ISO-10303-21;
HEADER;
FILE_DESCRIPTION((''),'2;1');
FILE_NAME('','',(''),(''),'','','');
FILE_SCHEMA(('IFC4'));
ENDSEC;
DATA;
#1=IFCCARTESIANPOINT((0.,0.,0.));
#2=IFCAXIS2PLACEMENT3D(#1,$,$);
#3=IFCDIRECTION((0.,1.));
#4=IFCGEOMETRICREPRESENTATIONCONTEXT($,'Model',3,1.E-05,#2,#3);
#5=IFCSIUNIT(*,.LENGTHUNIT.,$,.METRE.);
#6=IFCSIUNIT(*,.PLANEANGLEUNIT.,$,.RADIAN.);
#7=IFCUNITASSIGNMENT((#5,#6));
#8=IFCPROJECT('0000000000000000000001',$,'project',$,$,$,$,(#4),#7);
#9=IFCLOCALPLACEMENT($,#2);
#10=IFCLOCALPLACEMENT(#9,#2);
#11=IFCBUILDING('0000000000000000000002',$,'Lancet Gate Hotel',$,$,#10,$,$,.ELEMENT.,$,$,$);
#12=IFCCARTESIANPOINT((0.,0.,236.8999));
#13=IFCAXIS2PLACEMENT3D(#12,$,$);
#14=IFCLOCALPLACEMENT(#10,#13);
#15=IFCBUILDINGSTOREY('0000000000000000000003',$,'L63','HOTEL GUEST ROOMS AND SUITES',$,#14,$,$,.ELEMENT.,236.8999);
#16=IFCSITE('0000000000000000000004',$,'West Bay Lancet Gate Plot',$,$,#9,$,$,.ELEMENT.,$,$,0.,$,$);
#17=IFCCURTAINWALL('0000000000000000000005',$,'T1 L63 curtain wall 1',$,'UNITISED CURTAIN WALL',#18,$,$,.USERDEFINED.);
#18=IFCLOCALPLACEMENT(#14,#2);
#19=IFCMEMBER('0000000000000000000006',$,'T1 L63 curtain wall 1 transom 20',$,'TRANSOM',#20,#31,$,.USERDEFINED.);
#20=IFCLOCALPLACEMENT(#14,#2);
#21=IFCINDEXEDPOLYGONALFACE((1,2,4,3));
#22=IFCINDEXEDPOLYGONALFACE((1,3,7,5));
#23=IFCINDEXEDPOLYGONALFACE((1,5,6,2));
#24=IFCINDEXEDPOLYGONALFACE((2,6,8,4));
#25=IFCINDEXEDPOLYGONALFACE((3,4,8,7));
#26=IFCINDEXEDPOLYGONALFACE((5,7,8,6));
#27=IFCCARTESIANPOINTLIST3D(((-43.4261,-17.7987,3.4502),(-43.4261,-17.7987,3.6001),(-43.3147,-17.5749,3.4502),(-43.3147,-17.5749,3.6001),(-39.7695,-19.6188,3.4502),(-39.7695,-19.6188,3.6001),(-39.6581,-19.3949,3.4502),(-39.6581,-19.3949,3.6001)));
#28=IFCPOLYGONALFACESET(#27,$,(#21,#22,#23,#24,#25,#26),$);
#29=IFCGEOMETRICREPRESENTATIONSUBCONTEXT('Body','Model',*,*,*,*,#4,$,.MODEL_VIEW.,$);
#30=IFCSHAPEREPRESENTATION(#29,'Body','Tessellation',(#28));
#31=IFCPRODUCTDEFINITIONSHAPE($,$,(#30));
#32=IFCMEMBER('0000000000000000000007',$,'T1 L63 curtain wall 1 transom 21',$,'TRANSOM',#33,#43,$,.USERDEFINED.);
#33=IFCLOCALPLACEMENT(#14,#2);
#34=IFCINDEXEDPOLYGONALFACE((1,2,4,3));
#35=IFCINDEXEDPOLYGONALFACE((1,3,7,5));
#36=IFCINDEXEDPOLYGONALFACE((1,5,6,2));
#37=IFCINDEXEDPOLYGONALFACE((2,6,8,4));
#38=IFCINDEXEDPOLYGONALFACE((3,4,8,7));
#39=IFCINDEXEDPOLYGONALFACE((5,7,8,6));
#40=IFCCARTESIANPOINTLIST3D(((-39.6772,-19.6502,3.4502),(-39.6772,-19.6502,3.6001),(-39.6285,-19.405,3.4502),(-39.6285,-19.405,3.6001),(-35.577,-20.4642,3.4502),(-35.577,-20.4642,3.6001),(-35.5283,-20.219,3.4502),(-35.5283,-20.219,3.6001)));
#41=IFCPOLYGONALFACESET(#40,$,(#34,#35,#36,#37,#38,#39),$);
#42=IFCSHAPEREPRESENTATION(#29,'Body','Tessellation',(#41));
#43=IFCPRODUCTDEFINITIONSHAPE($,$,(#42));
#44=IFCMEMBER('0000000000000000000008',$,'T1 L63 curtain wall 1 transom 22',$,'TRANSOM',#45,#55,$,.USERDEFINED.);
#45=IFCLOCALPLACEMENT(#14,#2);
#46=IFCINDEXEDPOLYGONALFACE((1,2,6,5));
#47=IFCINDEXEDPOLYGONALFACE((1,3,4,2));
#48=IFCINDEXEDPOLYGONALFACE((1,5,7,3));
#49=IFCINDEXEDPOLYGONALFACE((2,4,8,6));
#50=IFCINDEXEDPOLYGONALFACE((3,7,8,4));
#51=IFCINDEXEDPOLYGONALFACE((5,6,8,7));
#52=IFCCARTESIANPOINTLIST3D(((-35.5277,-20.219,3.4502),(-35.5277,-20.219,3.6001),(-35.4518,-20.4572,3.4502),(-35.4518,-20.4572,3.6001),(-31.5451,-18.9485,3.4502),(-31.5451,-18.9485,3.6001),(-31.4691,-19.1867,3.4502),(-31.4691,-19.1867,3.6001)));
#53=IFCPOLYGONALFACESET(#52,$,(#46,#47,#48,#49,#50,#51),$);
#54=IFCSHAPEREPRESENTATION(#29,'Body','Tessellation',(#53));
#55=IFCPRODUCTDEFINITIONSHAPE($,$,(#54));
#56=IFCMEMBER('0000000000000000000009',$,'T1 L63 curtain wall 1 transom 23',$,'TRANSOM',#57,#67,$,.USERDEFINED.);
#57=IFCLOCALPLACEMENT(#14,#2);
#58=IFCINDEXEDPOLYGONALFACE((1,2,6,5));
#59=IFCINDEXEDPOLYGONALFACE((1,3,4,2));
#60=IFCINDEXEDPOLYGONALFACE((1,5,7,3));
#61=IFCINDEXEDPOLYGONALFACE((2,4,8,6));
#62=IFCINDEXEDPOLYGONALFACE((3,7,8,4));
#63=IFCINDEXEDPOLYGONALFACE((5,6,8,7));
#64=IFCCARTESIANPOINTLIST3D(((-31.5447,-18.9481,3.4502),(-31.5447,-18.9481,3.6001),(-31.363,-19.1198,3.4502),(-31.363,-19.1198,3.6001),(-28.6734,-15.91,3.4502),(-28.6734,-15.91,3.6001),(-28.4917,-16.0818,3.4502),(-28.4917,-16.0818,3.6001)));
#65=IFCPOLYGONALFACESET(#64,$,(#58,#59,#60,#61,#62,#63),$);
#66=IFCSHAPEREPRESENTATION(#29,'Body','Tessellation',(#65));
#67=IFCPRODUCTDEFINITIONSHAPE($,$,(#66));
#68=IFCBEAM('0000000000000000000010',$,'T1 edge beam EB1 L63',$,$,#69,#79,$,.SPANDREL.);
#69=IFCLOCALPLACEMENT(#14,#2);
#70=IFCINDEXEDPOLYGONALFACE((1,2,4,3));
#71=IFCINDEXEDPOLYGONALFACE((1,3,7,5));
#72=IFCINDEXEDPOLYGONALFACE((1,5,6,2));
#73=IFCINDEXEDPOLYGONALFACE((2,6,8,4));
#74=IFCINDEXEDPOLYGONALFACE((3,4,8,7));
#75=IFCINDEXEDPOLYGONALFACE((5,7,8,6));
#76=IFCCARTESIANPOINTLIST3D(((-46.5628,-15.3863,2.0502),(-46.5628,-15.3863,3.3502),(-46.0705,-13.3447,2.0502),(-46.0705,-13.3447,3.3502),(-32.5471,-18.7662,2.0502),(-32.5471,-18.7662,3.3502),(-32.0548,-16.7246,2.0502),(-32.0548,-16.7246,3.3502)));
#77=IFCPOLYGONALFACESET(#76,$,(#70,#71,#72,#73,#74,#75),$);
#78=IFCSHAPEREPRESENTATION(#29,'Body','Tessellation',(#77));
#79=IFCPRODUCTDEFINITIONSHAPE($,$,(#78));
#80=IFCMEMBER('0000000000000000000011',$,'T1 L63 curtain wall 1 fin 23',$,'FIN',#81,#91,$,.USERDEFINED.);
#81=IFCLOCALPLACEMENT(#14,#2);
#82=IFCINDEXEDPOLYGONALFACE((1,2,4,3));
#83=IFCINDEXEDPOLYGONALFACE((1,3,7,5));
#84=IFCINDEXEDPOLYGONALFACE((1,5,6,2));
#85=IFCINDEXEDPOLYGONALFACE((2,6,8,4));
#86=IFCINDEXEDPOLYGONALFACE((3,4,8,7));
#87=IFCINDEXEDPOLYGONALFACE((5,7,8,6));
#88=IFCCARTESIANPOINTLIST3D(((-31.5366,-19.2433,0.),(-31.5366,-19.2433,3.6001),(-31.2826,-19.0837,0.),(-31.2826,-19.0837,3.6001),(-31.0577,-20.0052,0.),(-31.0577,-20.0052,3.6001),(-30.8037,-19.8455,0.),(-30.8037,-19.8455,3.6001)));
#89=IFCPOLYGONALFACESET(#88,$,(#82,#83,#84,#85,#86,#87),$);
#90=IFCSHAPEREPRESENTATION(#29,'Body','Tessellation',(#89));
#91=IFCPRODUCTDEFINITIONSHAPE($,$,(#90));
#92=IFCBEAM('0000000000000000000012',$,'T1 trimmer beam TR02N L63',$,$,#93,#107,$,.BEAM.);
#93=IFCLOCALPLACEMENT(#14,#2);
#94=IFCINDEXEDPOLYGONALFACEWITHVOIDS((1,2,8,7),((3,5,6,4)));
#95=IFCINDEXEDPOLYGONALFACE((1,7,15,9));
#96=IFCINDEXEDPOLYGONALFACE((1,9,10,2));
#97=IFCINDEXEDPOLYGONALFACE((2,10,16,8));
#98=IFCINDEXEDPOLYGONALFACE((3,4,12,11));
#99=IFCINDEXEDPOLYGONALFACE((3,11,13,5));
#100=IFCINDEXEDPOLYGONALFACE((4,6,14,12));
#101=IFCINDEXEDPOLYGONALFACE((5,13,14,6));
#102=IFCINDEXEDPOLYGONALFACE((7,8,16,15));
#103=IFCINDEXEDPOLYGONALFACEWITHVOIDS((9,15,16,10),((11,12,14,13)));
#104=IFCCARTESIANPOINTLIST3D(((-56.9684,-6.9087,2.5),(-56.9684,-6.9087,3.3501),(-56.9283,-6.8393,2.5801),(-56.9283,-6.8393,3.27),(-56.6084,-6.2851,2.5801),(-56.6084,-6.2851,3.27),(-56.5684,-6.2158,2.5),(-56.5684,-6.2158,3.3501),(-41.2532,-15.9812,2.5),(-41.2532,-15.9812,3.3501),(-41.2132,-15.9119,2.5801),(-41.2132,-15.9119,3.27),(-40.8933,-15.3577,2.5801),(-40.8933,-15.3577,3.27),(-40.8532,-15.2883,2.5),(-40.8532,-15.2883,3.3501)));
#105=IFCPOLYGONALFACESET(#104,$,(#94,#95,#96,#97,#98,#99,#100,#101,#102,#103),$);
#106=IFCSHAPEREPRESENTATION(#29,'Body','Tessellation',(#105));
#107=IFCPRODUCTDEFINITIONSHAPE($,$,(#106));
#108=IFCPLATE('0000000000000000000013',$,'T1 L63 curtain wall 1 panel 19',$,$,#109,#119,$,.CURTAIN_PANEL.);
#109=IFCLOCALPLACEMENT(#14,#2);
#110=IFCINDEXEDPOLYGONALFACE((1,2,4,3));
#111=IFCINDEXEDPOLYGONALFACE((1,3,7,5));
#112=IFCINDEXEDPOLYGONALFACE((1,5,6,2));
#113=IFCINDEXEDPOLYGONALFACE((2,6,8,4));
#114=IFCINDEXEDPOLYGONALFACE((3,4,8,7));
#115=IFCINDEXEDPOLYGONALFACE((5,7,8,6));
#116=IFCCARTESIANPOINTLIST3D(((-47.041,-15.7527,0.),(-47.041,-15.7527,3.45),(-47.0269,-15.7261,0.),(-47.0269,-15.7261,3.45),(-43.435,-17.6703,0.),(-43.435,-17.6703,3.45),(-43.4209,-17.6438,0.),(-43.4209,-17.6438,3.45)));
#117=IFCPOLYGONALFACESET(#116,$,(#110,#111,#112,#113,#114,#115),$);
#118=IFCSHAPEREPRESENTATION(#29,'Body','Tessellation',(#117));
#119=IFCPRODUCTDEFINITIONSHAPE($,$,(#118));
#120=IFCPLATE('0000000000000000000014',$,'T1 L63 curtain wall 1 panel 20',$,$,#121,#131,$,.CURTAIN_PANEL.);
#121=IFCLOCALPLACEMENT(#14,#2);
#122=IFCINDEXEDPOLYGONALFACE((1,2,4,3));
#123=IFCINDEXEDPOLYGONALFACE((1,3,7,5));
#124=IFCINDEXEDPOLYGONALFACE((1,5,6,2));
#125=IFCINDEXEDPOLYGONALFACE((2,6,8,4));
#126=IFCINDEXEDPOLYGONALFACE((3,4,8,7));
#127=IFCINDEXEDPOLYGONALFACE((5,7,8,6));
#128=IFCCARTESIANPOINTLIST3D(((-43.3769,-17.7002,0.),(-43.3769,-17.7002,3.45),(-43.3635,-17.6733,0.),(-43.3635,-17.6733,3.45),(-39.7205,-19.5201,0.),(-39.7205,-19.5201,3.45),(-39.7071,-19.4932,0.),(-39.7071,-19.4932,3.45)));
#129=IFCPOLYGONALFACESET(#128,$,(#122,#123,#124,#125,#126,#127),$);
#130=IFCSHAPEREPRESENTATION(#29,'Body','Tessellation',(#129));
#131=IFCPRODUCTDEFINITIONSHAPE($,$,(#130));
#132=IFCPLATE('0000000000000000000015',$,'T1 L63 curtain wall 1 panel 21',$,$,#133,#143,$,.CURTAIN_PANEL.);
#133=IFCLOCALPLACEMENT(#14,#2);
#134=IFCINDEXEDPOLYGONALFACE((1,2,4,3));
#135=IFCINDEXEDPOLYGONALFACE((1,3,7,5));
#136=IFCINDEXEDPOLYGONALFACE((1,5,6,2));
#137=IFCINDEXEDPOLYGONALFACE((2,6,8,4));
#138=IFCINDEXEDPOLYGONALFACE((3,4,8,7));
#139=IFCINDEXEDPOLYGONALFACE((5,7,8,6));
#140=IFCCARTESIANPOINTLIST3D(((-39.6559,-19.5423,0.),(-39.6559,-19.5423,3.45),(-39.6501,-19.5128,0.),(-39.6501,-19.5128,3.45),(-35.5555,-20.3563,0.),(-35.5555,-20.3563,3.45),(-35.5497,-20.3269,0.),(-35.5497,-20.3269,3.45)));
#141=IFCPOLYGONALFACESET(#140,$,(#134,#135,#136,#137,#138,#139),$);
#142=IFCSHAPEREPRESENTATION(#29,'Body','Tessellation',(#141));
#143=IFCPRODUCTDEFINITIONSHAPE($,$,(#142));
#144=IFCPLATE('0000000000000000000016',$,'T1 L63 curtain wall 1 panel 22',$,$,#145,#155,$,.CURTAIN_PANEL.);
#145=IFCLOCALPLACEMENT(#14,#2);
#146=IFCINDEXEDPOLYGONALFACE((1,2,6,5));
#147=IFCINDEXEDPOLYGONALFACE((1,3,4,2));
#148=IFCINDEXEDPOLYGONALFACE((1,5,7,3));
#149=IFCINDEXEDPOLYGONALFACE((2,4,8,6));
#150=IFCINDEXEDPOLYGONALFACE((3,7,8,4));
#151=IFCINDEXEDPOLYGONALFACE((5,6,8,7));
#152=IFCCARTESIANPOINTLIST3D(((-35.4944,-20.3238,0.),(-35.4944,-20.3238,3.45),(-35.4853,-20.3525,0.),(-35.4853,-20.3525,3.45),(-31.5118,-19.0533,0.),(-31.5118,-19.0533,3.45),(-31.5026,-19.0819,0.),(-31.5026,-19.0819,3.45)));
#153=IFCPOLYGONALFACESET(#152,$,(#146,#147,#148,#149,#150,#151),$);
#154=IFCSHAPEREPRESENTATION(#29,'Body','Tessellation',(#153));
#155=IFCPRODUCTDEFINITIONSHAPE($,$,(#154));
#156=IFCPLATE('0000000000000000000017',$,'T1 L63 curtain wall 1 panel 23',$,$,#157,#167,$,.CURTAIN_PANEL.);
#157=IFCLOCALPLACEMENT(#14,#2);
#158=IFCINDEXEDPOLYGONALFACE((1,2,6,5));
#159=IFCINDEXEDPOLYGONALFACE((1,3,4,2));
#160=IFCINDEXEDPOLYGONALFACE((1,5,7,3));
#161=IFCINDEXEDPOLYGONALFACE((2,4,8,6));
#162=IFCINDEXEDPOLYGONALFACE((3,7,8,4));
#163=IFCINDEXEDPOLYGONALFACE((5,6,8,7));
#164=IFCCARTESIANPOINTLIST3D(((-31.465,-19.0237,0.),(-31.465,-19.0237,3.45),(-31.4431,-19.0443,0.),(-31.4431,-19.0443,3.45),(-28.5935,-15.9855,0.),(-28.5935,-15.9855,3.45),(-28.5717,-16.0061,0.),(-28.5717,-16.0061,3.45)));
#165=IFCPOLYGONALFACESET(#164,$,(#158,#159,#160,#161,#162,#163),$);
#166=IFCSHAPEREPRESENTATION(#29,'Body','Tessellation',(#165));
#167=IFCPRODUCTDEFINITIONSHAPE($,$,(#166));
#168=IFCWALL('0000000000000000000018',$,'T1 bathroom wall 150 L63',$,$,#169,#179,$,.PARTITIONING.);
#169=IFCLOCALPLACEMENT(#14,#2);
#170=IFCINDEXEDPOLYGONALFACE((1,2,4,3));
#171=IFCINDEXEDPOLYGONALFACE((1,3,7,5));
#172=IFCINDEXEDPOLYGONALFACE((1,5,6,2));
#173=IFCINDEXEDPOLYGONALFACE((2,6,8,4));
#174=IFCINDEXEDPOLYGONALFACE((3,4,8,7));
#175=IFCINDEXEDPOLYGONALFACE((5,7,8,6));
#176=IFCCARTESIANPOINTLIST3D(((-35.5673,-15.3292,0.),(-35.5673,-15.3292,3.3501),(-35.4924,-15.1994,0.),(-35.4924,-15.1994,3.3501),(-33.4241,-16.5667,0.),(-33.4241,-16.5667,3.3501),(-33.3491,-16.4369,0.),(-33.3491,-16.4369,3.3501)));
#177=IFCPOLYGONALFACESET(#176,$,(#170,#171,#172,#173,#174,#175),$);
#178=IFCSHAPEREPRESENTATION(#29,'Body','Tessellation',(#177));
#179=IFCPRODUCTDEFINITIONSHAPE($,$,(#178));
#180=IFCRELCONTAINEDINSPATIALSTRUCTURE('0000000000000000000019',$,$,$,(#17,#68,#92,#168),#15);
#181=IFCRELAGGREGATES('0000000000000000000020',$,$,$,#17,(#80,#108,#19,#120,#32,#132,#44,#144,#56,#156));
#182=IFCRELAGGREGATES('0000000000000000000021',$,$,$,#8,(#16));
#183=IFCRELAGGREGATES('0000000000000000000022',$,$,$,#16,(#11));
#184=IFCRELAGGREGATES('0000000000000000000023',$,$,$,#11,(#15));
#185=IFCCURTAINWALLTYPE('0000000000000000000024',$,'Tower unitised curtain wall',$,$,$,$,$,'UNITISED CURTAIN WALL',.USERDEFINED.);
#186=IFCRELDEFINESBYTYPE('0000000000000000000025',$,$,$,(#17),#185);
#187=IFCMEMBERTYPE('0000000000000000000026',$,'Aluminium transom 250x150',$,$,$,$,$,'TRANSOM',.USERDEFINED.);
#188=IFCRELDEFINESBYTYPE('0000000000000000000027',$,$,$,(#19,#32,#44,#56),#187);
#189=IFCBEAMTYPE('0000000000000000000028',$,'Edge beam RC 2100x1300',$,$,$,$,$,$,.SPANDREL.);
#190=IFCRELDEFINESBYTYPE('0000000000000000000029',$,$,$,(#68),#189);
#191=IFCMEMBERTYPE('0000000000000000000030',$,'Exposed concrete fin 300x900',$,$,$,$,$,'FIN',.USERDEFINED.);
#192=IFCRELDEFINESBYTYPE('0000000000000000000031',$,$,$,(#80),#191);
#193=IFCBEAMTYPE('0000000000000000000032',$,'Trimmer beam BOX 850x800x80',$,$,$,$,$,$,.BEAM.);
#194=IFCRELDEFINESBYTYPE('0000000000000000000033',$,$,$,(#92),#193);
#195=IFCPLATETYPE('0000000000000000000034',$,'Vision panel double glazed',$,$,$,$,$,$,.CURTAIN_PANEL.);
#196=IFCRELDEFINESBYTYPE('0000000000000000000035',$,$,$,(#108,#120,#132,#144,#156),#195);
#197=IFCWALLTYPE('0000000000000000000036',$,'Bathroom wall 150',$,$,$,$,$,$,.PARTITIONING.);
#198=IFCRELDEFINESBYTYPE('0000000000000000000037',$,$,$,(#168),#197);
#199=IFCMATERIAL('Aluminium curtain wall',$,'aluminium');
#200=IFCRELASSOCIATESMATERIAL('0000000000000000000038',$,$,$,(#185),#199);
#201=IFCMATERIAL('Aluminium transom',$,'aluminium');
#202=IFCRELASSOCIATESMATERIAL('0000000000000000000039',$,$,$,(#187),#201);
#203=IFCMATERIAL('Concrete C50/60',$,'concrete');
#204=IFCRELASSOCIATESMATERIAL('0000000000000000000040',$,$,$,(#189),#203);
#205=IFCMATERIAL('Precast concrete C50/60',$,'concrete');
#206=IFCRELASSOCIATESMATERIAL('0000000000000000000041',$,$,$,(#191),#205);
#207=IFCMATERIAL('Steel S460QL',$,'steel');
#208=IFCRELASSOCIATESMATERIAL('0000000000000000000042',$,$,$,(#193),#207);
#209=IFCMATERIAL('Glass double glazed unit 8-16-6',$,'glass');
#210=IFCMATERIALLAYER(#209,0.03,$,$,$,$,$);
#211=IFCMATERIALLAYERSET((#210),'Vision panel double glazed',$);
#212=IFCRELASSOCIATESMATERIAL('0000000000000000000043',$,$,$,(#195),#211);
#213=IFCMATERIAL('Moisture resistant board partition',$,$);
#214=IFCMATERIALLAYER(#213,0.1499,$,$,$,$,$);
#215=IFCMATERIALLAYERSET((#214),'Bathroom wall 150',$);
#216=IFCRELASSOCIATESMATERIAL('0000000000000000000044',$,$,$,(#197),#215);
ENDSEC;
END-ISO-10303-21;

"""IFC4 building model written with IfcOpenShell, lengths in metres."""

from ifc_helpers import new_model, si_unit, direction, frame, frame_2d, origin, origin_2d, place, context, subcontext, project, spatial, rectangle, hollow_rectangle, extrude, material, layer, layer_set, material_profile, profile_set, type_object, element, aggregate, save


model = new_model("IFC4")

# Units and contexts
model_context = context("Model", 3, precision=1e-05, world=origin(), true_north=direction((0.0, 1.0)))
body_context = subcontext(model_context, "Body", "Model", "MODEL_VIEW")
ifc_project = project(units=[si_unit("LENGTHUNIT", "METRE"), si_unit("PLANEANGLEUNIT", "RADIAN")], contexts=[model_context])

# Site, building, storey
site_placement = place(None, origin())
site = spatial("IfcSite", under=ifc_project, at=site_placement, Name="West Bay Lancet Gate Plot", CompositionType="ELEMENT", RefElevation=0.0)
building_placement = place(site_placement, origin())
building = spatial("IfcBuilding", under=site, at=building_placement, Name="Lancet Gate Hotel", CompositionType="ELEMENT")
storey_placement = place(building_placement, frame((0.0, 0.0, 236.8999)))
storey = spatial("IfcBuildingStorey", under=building, at=storey_placement, Name="L63", Description="HOTEL GUEST ROOMS AND SUITES", CompositionType="ELEMENT", Elevation=236.8999)

# Curtain wall, members
ifc_material_1 = material(Name="Aluminium curtain wall", Category="aluminium")
curtain_wall_type = type_object("IfcCurtainWallType", Name="Tower unitised curtain wall", ElementType="UNITISED CURTAIN WALL", PredefinedType="USERDEFINED", material=ifc_material_1)
curtain_wall_placement = place(storey_placement, origin())
curtain_wall = element("IfcCurtainWall", 1, at=curtain_wall_placement, inside=storey, type_object=curtain_wall_type, Name="T1 L63 curtain wall 1", ObjectType="UNITISED CURTAIN WALL", PredefinedType="USERDEFINED")
ifc_material_2 = material(Name="Aluminium transom", Category="aluminium")
ifc_material_profile_1 = material_profile(ifc_material_2, rectangle(XDim=0.25, YDim=0.1499, at=origin_2d()), Name="TRANSOM 250x150")
ifc_profile_set_1 = profile_set([ifc_material_profile_1], Name="Aluminium transom")
member_type_1 = type_object("IfcMemberType", Name="Aluminium transom 250x150", ElementType="TRANSOM", PredefinedType="USERDEFINED", material=ifc_profile_set_1)
member_1_placement = place(storey_placement, frame((-43.3704, -17.6868, 3.5251), z_axis=(0.895227, -0.445611, 0.0), x_axis=(0.445611, 0.895227, 0.0)))
member_1 = element("IfcMember", 2, at=member_1_placement, type_object=member_type_1, Name="T1 L63 curtain wall 1 transom 20", ObjectType="TRANSOM", PredefinedType="USERDEFINED", context=body_context, shape_type="SweptSolid", body=[
    extrude(rectangle(XDim=0.25, YDim=0.1499, at=origin_2d()), origin(), (0.0, 0.0, 1.0), 4.0845),
])
member_2_placement = place(storey_placement, frame((-39.6528, -19.5276, 3.5251), z_axis=(0.980858, -0.194723, 0.0), x_axis=(0.194723, 0.980858, 0.0)))
member_2 = element("IfcMember", 3, at=member_2_placement, type_object=member_type_1, Name="T1 L63 curtain wall 1 transom 21", ObjectType="TRANSOM", PredefinedType="USERDEFINED", context=body_context, shape_type="SweptSolid", body=[
    extrude(rectangle(XDim=0.25, YDim=0.1499, at=origin_2d()), origin(), (0.0, 0.0, 1.0), 4.1802),
])
member_3_placement = place(storey_placement, frame((-35.4897, -20.3381, 3.5251), z_axis=(0.952698, 0.30392, 0.0), x_axis=(-0.30392, 0.952698, 0.0)))
member_3 = element("IfcMember", 4, at=member_3_placement, type_object=member_type_1, Name="T1 L63 curtain wall 1 transom 22", ObjectType="TRANSOM", PredefinedType="USERDEFINED", context=body_context, shape_type="SweptSolid", body=[
    extrude(rectangle(XDim=0.25, YDim=0.1499, at=origin_2d()), origin(), (0.0, 0.0, 1.0), 4.1804),
])
member_4_placement = place(storey_placement, frame((-31.4539, -19.0339, 3.5251), z_axis=(0.686881, 0.72677, 0.0), x_axis=(-0.72677, 0.686881, 0.0)))
member_4 = element("IfcMember", 5, at=member_4_placement, type_object=member_type_1, Name="T1 L63 curtain wall 1 transom 23", ObjectType="TRANSOM", PredefinedType="USERDEFINED", context=body_context, shape_type="SweptSolid", body=[
    extrude(rectangle(XDim=0.25, YDim=0.1499, at=origin_2d()), origin(), (0.0, 0.0, 1.0), 4.1802),
])

# Beam
ifc_material_3 = material(Name="Concrete C50/60", Category="concrete")
ifc_material_profile_2 = material_profile(ifc_material_3, rectangle(XDim=2.1001, YDim=1.3, at=origin_2d()), Name="RC 2100x1300")
ifc_profile_set_2 = profile_set([ifc_material_profile_2], Name="Concrete C50/60")
beam_type_1 = type_object("IfcBeamType", Name="Edge beam RC 2100x1300", PredefinedType="SPANDREL", material=ifc_profile_set_2)
beam_1_placement = place(storey_placement, frame((-46.3167, -14.3655, 2.7002), z_axis=(0.972133, -0.234431, 0.0), x_axis=(0.234431, 0.972133, 0.0)))
element("IfcBeam", 6, at=beam_1_placement, inside=storey, type_object=beam_type_1, Name="T1 edge beam EB1 L63", PredefinedType="SPANDREL", context=body_context, shape_type="SweptSolid", body=[
    extrude(rectangle(XDim=2.1001, YDim=1.3, at=origin_2d()), origin(), (0.0, 0.0, 1.0), 14.4175),
])

# Member
ifc_material_4 = material(Name="Precast concrete C50/60", Category="concrete")
ifc_material_profile_3 = material_profile(ifc_material_4, rectangle(XDim=0.3, YDim=0.8999, at=origin_2d()), Name="FIN 300x900")
ifc_profile_set_3 = profile_set([ifc_material_profile_3], Name="Precast concrete C50/60")
member_type_2 = type_object("IfcMemberType", Name="Exposed concrete fin 300x900", ElementType="FIN", PredefinedType="USERDEFINED", material=ifc_profile_set_3)
member_5_placement = place(storey_placement, frame((-31.1702, -19.5444, 0.0), z_axis=(0.0, 0.0, 1.0), x_axis=(0.846613, 0.532209, 0.0)))
member_5 = element("IfcMember", 7, at=member_5_placement, type_object=member_type_2, Name="T1 L63 curtain wall 1 fin 23", ObjectType="FIN", PredefinedType="USERDEFINED", context=body_context, shape_type="SweptSolid", body=[
    extrude(rectangle(XDim=0.3, YDim=0.8999, at=origin_2d()), origin(), (0.0, 0.0, 1.0), 3.6001),
])

# Beam
ifc_material_5 = material(Name="Steel S460QL", Category="steel")
ifc_material_profile_4 = material_profile(ifc_material_5, hollow_rectangle(XDim=0.8, YDim=0.8501, WallThickness=0.0801, at=origin_2d()), Name="BOX 850x800x80")
ifc_profile_set_4 = profile_set([ifc_material_profile_4], Name="Steel S460QL")
beam_type_2 = type_object("IfcBeamType", Name="Trimmer beam BOX 850x800x80", PredefinedType="BEAM", material=ifc_profile_set_4)
beam_2_placement = place(storey_placement, frame((-41.0532, -15.6348, 2.925), z_axis=(-0.86604, 0.499975, 0.0), x_axis=(-0.499975, -0.86604, 0.0)))
element("IfcBeam", 8, at=beam_2_placement, inside=storey, type_object=beam_type_2, Name="T1 trimmer beam TR02N L63", PredefinedType="BEAM", context=body_context, shape_type="SweptSolid", body=[
    extrude(hollow_rectangle(XDim=0.8, YDim=0.8501, WallThickness=0.0801, at=origin_2d()), origin(), (0.0, 0.0, 1.0), 18.146),
])

# Plates
ifc_material_6 = material(Name="Glass double glazed unit 8-16-6", Category="glass")
ifc_layer_1 = layer(ifc_material_6, 0.03)
ifc_layer_set_1 = layer_set([ifc_layer_1], Name="Vision panel double glazed")
plate_type = type_object("IfcPlateType", Name="Vision panel double glazed", PredefinedType="CURTAIN_PANEL", material=ifc_layer_set_1)
plate_1_placement = place(storey_placement, frame((-45.231, -16.6982, 0.0), z_axis=(0.0, 0.0, 1.0), x_axis=(0.882916, -0.469531, 0.0)))
plate_1 = element("IfcPlate", 9, at=plate_1_placement, type_object=plate_type, Name="T1 L63 curtain wall 1 panel 19", PredefinedType="CURTAIN_PANEL", context=body_context, shape_type="SweptSolid", body=[
    extrude(rectangle(XDim=4.0842, YDim=0.03, at=origin_2d()), origin(), (0.0, 0.0, 1.0), 3.45),
])
plate_2_placement = place(storey_placement, frame((-41.542, -18.5967, 0.0), z_axis=(0.0, 0.0, 1.0), x_axis=(0.895234, -0.445596, 0.0)))
plate_2 = element("IfcPlate", 10, at=plate_2_placement, type_object=plate_type, Name="T1 L63 curtain wall 1 panel 20", PredefinedType="CURTAIN_PANEL", context=body_context, shape_type="SweptSolid", body=[
    extrude(rectangle(XDim=4.0842, YDim=0.03, at=origin_2d()), origin(), (0.0, 0.0, 1.0), 3.45),
])
plate_3_placement = place(storey_placement, frame((-37.6028, -19.9346, 0.0), z_axis=(0.0, 0.0, 1.0), x_axis=(0.980857, -0.194731, 0.0)))
plate_3 = element("IfcPlate", 11, at=plate_3_placement, type_object=plate_type, Name="T1 L63 curtain wall 1 panel 21", PredefinedType="CURTAIN_PANEL", context=body_context, shape_type="SweptSolid", body=[
    extrude(rectangle(XDim=4.1804, YDim=0.03, at=origin_2d()), origin(), (0.0, 0.0, 1.0), 3.45),
])
plate_4_placement = place(storey_placement, frame((-33.4985, -19.7029, 0.0), z_axis=(0.0, 0.0, 1.0), x_axis=(0.952696, 0.303926, 0.0)))
plate_4 = element("IfcPlate", 12, at=plate_4_placement, type_object=plate_type, Name="T1 L63 curtain wall 1 panel 22", PredefinedType="CURTAIN_PANEL", context=body_context, shape_type="SweptSolid", body=[
    extrude(rectangle(XDim=4.1804, YDim=0.03, at=origin_2d()), origin(), (0.0, 0.0, 1.0), 3.45),
])
plate_5_placement = place(storey_placement, frame((-30.0183, -17.5149, 0.0), z_axis=(0.0, 0.0, 1.0), x_axis=(0.686883, 0.726768, 0.0)))
plate_5 = element("IfcPlate", 13, at=plate_5_placement, type_object=plate_type, Name="T1 L63 curtain wall 1 panel 23", PredefinedType="CURTAIN_PANEL", context=body_context, shape_type="SweptSolid", body=[
    extrude(rectangle(XDim=4.1804, YDim=0.03, at=origin_2d()), origin(), (0.0, 0.0, 1.0), 3.45),
])
aggregate(curtain_wall, [member_5, plate_1, member_1, plate_2, member_2, plate_3, member_3, plate_4, member_4, plate_5])

# Wall
ifc_material_7 = material(Name="Moisture resistant board partition")
ifc_layer_2 = layer(ifc_material_7, 0.1499)
ifc_layer_set_2 = layer_set([ifc_layer_2], Name="Bathroom wall 150")
wall_type_1 = type_object("IfcWallType", Name="Bathroom wall 150", PredefinedType="PARTITIONING", material=ifc_layer_set_2)
wall_1_placement = place(storey_placement, frame((-33.3867, -16.5017, 0.0), z_axis=(0.0, 0.0, 1.0), x_axis=(-0.866007, 0.500033, 0.0)))
element("IfcWall", 14, at=wall_1_placement, inside=storey, type_object=wall_type_1, Name="T1 bathroom wall 150 L63", PredefinedType="PARTITIONING", context=body_context, shape_type="SweptSolid", body=[
    extrude(rectangle(XDim=2.4749, YDim=0.1499, at=frame_2d((1.2373, 0.0))), origin(), (0.0, 0.0, 1.0), 3.3501),
])

save(model, "model.ifc")
